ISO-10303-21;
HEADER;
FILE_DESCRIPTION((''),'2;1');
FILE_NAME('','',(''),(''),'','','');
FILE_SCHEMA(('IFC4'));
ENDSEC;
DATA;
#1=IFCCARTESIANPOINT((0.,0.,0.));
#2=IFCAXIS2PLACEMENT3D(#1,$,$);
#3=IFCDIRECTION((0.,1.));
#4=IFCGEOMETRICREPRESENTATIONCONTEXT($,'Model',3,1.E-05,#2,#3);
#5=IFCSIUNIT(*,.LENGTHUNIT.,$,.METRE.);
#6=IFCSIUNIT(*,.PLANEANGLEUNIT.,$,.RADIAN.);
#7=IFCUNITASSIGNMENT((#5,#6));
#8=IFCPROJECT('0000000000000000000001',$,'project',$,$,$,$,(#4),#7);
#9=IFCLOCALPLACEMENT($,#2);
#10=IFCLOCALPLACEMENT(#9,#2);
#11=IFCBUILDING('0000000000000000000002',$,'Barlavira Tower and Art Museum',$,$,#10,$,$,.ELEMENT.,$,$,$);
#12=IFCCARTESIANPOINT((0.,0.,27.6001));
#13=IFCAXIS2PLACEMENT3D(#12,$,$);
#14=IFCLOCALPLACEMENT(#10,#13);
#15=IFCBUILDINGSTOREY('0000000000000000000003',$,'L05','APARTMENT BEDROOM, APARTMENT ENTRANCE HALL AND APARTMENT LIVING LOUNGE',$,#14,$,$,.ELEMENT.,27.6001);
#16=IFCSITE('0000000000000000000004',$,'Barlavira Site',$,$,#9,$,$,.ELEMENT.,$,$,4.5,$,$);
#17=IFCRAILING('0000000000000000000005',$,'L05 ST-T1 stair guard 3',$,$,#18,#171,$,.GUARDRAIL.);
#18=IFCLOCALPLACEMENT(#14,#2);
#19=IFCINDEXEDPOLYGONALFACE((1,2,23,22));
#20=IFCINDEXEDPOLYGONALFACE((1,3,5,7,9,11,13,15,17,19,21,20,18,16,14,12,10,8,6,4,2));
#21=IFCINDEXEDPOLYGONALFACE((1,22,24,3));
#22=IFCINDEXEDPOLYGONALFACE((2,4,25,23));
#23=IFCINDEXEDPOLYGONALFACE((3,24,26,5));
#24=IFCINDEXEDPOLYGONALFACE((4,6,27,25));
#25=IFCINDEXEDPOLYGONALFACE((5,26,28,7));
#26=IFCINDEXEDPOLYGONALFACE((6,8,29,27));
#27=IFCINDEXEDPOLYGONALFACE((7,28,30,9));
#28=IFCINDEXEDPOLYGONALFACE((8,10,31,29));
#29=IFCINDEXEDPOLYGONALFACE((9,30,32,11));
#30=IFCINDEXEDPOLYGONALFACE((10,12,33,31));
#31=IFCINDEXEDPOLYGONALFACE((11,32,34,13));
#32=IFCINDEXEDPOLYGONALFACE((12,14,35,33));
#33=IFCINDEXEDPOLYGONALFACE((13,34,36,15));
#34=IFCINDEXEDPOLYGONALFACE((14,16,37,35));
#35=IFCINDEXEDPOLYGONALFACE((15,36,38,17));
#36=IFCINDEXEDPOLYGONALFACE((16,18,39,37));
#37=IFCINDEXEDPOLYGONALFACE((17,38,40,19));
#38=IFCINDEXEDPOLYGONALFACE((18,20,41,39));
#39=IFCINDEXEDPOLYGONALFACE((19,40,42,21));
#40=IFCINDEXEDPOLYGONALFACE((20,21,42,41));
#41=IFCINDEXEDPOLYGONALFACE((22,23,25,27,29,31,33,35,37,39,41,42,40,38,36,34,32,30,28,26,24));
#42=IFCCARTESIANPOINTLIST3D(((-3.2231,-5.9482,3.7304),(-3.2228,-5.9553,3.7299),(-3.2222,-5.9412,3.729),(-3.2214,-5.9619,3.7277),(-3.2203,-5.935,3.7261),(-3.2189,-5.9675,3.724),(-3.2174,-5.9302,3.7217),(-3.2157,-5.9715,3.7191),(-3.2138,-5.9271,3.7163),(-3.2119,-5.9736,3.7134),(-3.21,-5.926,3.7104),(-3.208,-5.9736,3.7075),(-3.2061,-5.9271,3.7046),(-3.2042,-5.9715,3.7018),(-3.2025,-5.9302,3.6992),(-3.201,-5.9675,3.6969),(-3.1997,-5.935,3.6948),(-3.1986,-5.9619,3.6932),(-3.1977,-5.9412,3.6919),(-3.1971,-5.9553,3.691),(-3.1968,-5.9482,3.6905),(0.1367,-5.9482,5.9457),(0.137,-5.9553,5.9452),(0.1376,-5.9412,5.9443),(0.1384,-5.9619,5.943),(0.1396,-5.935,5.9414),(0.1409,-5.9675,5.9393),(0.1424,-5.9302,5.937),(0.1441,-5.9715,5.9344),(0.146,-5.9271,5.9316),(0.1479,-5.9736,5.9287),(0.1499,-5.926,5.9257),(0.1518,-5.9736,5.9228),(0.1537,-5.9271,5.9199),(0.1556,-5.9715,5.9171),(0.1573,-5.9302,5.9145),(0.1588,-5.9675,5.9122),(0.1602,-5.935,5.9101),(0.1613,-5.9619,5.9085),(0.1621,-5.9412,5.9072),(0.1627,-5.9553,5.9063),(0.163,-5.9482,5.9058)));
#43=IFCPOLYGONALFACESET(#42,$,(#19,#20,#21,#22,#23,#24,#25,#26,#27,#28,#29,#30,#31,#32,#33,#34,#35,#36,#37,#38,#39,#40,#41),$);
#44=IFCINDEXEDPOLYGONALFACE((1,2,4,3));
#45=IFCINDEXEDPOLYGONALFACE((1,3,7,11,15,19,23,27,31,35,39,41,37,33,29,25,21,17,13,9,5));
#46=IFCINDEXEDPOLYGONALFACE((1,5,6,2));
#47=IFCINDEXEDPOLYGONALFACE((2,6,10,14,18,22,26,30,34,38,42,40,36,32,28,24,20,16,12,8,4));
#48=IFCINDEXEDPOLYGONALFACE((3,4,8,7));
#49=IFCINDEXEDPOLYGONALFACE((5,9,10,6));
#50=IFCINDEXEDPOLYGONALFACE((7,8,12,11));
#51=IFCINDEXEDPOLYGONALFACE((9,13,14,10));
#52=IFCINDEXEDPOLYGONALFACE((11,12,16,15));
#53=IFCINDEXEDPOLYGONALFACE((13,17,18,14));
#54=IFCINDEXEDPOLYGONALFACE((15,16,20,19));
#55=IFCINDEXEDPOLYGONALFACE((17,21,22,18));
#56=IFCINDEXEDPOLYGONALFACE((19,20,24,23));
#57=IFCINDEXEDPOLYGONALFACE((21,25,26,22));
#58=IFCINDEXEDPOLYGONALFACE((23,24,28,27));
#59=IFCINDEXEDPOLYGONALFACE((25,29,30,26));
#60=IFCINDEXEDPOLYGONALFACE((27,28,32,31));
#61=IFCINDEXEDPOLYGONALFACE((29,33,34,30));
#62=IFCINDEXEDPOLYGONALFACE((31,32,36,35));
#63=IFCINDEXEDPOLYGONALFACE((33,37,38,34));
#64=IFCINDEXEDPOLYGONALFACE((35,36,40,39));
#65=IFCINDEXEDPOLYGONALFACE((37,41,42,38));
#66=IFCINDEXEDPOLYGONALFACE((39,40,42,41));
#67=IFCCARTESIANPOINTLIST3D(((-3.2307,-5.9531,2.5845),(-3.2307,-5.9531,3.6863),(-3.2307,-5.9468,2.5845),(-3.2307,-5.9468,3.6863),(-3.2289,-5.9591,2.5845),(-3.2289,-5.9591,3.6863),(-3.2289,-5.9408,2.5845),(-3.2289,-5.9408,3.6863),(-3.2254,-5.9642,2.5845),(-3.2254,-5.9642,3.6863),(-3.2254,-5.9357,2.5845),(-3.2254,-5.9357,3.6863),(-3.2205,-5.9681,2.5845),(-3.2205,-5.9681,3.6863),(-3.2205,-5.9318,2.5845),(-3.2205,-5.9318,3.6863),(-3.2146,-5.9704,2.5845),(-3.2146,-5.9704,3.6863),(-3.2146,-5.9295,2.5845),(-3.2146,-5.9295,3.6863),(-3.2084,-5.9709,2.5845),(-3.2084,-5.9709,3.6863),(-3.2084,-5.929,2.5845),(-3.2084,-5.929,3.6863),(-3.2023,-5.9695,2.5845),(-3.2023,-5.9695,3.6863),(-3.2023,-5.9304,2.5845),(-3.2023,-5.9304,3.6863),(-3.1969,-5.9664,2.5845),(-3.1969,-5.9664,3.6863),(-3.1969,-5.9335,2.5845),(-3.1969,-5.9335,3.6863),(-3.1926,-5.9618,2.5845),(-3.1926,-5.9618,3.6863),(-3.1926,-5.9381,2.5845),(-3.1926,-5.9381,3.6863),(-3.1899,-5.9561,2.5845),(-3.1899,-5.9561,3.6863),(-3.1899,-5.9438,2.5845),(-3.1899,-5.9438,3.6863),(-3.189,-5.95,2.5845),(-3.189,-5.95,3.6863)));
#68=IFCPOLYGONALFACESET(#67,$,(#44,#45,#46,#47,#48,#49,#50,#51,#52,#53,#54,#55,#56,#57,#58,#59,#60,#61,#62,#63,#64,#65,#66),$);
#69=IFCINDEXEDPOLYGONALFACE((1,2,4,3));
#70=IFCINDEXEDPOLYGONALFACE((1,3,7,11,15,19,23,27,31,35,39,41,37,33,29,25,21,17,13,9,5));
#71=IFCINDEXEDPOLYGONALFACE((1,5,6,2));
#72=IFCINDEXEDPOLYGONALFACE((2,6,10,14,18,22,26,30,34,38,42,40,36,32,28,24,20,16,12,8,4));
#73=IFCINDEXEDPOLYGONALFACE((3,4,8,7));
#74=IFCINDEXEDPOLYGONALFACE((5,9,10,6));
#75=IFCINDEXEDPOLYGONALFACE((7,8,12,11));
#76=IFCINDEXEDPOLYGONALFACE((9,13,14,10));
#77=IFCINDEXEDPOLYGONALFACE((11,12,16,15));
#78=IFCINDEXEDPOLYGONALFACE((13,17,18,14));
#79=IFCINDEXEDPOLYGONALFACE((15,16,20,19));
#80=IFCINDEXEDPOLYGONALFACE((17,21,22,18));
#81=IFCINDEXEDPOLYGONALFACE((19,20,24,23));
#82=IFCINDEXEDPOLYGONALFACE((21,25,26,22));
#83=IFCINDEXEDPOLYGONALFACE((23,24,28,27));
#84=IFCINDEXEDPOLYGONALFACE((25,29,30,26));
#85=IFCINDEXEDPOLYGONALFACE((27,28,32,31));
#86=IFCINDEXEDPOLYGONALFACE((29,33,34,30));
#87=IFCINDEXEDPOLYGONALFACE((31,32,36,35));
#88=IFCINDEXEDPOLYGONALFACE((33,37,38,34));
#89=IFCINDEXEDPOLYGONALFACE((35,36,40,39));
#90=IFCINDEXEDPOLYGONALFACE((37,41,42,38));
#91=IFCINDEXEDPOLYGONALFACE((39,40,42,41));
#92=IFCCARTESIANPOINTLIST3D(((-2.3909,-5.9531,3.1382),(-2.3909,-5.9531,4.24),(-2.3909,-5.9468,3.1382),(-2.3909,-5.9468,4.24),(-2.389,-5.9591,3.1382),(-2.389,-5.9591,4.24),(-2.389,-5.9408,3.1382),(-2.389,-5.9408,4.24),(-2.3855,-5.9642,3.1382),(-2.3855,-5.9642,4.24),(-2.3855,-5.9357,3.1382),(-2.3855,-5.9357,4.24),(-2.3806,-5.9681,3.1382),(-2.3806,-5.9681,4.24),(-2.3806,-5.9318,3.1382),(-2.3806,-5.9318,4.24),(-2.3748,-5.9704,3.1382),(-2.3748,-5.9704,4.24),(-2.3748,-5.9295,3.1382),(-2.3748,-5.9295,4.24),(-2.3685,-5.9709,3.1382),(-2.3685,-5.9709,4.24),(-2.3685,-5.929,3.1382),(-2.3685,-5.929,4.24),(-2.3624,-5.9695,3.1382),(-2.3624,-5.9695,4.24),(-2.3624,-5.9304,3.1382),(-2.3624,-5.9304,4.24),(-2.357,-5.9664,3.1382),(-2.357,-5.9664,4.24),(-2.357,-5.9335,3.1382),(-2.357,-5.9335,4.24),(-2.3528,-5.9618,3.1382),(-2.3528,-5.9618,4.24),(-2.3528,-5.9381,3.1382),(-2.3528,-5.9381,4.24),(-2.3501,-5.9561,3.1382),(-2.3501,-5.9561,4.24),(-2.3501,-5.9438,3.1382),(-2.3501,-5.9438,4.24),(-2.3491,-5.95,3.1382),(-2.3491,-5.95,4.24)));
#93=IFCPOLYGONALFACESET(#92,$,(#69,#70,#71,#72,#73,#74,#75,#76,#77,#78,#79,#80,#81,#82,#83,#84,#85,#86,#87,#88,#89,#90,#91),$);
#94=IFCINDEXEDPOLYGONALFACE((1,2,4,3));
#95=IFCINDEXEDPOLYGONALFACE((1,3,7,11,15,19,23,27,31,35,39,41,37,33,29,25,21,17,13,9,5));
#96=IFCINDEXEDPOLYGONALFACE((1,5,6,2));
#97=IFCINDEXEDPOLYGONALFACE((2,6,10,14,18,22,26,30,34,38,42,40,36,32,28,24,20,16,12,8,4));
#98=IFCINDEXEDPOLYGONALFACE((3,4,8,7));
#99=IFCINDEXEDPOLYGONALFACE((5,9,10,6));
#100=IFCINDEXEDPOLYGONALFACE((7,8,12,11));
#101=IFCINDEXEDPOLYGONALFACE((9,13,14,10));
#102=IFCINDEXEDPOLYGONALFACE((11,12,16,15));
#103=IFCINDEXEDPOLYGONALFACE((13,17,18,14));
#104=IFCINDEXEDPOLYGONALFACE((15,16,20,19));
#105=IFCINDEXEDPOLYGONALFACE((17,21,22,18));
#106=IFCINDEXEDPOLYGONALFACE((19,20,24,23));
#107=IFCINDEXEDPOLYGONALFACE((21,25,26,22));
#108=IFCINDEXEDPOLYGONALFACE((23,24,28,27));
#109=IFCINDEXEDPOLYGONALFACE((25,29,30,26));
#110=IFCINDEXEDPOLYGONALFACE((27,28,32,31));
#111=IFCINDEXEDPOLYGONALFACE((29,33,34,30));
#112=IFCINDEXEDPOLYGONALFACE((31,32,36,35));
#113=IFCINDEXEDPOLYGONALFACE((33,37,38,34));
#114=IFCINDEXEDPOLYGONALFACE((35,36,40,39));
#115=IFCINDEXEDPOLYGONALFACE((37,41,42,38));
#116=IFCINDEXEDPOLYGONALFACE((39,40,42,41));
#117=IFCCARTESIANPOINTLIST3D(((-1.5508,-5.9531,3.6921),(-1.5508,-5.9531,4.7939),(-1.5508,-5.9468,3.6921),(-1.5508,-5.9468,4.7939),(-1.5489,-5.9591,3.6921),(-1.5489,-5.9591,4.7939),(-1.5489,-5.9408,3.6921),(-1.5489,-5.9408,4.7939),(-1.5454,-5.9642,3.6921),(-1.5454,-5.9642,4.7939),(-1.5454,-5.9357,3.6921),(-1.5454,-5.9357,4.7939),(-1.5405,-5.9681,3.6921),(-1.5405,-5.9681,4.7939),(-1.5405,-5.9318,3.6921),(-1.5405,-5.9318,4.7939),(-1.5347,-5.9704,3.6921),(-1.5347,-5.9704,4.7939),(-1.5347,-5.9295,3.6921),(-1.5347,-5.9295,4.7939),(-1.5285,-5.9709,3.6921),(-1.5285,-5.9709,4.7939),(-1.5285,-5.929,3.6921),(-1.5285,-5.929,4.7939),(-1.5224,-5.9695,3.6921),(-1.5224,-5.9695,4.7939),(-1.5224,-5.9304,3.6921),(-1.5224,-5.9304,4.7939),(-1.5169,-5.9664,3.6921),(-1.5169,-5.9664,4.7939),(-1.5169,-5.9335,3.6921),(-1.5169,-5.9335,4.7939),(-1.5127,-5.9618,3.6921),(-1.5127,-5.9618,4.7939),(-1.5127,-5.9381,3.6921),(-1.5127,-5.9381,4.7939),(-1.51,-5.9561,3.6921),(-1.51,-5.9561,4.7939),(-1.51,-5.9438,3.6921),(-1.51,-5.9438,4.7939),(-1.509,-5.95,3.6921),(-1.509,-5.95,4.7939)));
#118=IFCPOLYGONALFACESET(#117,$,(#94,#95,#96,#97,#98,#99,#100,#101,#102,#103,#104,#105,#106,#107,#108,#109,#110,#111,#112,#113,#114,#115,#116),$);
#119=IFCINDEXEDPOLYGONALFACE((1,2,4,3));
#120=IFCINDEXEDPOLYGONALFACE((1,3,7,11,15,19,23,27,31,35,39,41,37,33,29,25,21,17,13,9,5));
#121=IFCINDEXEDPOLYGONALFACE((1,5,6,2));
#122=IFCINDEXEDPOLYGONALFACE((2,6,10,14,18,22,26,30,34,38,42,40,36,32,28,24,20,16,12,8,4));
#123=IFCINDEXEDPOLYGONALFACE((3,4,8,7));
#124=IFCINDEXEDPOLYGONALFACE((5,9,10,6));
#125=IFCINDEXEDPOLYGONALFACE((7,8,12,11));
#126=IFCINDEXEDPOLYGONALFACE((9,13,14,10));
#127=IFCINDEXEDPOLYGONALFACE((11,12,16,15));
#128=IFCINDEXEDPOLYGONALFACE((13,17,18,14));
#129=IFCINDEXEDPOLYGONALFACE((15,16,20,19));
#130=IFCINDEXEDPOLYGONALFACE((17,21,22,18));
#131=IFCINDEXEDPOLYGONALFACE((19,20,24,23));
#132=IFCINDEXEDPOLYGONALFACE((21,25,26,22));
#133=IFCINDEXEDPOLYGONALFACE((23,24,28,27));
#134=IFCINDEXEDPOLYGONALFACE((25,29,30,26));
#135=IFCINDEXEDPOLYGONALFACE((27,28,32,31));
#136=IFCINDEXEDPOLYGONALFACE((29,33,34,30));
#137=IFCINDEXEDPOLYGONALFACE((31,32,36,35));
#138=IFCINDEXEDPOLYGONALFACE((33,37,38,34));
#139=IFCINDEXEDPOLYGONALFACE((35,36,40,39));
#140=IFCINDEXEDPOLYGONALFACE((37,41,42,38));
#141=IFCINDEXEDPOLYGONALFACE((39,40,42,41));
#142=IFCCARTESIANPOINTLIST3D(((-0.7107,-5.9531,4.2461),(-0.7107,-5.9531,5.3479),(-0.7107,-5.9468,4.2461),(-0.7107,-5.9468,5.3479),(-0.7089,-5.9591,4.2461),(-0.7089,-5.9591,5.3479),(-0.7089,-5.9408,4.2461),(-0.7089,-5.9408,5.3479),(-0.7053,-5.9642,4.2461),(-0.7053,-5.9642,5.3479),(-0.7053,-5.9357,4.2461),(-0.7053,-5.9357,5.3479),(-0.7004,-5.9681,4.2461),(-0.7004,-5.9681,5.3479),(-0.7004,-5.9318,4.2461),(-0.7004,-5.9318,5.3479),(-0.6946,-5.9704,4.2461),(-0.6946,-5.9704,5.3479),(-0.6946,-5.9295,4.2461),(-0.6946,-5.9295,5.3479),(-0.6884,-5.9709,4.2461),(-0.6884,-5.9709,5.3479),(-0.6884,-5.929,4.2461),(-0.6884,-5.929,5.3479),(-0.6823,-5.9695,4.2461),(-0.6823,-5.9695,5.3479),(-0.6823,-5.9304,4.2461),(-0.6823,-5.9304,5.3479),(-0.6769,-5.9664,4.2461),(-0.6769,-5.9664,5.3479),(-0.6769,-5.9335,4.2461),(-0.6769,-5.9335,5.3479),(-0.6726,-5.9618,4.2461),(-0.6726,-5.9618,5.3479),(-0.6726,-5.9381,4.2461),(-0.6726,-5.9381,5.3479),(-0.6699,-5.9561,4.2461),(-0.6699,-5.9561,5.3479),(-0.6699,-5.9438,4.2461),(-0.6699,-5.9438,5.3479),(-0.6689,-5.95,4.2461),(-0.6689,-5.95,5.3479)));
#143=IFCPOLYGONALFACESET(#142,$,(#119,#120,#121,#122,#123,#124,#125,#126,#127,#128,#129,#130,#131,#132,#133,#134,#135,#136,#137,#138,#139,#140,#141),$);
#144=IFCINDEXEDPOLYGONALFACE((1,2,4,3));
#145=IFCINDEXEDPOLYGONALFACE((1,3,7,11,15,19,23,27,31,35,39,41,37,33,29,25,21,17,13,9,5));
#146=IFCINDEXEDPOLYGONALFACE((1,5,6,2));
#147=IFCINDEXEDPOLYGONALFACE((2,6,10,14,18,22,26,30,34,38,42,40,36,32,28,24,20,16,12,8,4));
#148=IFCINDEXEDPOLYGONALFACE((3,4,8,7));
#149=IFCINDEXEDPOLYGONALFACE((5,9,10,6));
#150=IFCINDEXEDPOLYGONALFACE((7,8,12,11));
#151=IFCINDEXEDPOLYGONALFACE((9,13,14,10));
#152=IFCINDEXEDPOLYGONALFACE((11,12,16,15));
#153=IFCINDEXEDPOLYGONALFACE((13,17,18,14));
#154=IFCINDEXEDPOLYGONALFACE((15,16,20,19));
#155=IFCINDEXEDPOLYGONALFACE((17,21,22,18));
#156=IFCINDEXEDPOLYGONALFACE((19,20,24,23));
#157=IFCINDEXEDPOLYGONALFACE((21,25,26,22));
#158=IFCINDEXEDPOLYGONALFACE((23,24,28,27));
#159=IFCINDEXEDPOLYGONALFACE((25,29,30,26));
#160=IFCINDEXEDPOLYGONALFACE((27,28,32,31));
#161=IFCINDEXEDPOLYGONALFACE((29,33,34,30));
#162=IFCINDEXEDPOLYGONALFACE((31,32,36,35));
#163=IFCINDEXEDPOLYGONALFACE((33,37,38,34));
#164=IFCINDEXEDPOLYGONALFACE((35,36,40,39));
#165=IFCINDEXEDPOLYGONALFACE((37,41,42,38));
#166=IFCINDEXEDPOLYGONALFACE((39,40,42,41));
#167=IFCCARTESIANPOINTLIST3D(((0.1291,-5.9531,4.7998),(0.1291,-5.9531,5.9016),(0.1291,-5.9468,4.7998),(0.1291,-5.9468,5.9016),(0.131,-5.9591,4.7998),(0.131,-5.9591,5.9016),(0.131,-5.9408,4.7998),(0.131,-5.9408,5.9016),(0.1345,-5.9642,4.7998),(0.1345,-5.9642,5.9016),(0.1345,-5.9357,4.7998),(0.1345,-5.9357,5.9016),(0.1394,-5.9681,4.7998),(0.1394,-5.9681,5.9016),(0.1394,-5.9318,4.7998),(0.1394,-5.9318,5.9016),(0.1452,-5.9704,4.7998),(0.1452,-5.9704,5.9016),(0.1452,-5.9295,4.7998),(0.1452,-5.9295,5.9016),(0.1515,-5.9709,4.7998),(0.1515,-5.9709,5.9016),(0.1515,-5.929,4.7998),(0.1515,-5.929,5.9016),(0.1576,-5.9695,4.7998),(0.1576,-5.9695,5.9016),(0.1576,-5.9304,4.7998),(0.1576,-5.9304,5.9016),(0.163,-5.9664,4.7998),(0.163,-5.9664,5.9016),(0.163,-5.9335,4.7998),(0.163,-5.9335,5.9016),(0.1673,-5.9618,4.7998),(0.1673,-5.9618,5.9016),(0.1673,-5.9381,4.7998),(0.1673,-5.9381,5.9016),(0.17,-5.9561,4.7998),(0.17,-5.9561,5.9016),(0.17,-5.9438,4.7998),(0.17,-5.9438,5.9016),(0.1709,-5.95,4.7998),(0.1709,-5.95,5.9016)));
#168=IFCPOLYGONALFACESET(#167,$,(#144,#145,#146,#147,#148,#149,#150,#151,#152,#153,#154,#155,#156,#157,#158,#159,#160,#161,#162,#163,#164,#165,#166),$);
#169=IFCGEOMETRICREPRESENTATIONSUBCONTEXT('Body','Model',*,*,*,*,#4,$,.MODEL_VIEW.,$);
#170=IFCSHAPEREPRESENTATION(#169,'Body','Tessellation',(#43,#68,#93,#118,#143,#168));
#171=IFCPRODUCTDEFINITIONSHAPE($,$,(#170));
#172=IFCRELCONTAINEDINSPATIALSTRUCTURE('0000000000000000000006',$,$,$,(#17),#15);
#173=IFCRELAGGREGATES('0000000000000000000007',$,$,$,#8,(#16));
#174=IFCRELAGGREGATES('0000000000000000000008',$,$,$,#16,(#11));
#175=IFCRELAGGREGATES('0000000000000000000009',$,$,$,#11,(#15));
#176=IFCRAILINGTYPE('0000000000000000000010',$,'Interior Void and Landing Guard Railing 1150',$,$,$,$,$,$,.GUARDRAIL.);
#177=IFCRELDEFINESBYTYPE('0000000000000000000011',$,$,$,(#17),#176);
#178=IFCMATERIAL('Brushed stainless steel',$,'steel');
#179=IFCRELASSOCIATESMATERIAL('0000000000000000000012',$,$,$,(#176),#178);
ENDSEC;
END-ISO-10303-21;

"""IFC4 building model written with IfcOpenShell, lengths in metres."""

from ifc_helpers import new_model, si_unit, direction, frame, origin, origin_2d, place, context, subcontext, project, spatial, circle, extrude, material, type_object, element, save


model = new_model("IFC4")

# Units and contexts
model_context = context("Model", 3, precision=1e-05, world=origin(), true_north=direction((0.0, 1.0)))
body_context = subcontext(model_context, "Body", "Model", "MODEL_VIEW")
ifc_project = project(units=[si_unit("LENGTHUNIT", "METRE"), si_unit("PLANEANGLEUNIT", "RADIAN")], contexts=[model_context])

# Site, building, storey
site_placement = place(None, origin())
site = spatial("IfcSite", under=ifc_project, at=site_placement, Name="Barlavira Site", CompositionType="ELEMENT", RefElevation=4.5)
building_placement = place(site_placement, origin())
building = spatial("IfcBuilding", under=site, at=building_placement, Name="Barlavira Tower and Art Museum", CompositionType="ELEMENT")
storey_placement = place(building_placement, frame((0.0, 0.0, 27.6001)))
storey = spatial("IfcBuildingStorey", under=building, at=storey_placement, Name="L05", Description="APARTMENT BEDROOM, APARTMENT ENTRANCE HALL AND APARTMENT LIVING LOUNGE", CompositionType="ELEMENT", Elevation=27.6001)

# Shared definitions
ifc_material_1 = material(Name="Brushed stainless steel", Category="steel")

# Railing
railing_type_1 = type_object("IfcRailingType", Name="Interior Void and Landing Guard Railing 1150", PredefinedType="GUARDRAIL", material=ifc_material_1)
railing_1_placement = place(storey_placement, frame((-3.21, -5.95, 2.5845)))
element("IfcRailing", 1, at=railing_1_placement, inside=storey, type_object=railing_type_1, Name="L05 ST-T1 stair guard 3", PredefinedType="GUARDRAIL", context=body_context, shape_type="SweptSolid", body=[
    extrude(circle(Radius=0.0239, at=origin_2d()), frame((0.0, 0.0, 1.126), z_axis=(0.834858, 0.0, 0.550465), x_axis=(0.0, 1.0, 0.0)), (0.0, 0.0, 1.0), 4.0244),
    extrude(circle(Radius=0.021, at=origin_2d()), origin(), (0.0, 0.0, 1.0), 1.1018),
    extrude(circle(Radius=0.021, at=origin_2d()), frame((0.8398, 0.0, 0.5537)), (0.0, 0.0, 1.0), 1.1018),
    extrude(circle(Radius=0.021, at=origin_2d()), frame((1.6799, 0.0, 1.1077)), (0.0, 0.0, 1.0), 1.1018),
    extrude(circle(Radius=0.021, at=origin_2d()), frame((2.52, 0.0, 1.6616)), (0.0, 0.0, 1.0), 1.1018),
    extrude(circle(Radius=0.021, at=origin_2d()), frame((3.3599, 0.0, 2.2153)), (0.0, 0.0, 1.0), 1.1018),
])

save(model, "model.ifc")
